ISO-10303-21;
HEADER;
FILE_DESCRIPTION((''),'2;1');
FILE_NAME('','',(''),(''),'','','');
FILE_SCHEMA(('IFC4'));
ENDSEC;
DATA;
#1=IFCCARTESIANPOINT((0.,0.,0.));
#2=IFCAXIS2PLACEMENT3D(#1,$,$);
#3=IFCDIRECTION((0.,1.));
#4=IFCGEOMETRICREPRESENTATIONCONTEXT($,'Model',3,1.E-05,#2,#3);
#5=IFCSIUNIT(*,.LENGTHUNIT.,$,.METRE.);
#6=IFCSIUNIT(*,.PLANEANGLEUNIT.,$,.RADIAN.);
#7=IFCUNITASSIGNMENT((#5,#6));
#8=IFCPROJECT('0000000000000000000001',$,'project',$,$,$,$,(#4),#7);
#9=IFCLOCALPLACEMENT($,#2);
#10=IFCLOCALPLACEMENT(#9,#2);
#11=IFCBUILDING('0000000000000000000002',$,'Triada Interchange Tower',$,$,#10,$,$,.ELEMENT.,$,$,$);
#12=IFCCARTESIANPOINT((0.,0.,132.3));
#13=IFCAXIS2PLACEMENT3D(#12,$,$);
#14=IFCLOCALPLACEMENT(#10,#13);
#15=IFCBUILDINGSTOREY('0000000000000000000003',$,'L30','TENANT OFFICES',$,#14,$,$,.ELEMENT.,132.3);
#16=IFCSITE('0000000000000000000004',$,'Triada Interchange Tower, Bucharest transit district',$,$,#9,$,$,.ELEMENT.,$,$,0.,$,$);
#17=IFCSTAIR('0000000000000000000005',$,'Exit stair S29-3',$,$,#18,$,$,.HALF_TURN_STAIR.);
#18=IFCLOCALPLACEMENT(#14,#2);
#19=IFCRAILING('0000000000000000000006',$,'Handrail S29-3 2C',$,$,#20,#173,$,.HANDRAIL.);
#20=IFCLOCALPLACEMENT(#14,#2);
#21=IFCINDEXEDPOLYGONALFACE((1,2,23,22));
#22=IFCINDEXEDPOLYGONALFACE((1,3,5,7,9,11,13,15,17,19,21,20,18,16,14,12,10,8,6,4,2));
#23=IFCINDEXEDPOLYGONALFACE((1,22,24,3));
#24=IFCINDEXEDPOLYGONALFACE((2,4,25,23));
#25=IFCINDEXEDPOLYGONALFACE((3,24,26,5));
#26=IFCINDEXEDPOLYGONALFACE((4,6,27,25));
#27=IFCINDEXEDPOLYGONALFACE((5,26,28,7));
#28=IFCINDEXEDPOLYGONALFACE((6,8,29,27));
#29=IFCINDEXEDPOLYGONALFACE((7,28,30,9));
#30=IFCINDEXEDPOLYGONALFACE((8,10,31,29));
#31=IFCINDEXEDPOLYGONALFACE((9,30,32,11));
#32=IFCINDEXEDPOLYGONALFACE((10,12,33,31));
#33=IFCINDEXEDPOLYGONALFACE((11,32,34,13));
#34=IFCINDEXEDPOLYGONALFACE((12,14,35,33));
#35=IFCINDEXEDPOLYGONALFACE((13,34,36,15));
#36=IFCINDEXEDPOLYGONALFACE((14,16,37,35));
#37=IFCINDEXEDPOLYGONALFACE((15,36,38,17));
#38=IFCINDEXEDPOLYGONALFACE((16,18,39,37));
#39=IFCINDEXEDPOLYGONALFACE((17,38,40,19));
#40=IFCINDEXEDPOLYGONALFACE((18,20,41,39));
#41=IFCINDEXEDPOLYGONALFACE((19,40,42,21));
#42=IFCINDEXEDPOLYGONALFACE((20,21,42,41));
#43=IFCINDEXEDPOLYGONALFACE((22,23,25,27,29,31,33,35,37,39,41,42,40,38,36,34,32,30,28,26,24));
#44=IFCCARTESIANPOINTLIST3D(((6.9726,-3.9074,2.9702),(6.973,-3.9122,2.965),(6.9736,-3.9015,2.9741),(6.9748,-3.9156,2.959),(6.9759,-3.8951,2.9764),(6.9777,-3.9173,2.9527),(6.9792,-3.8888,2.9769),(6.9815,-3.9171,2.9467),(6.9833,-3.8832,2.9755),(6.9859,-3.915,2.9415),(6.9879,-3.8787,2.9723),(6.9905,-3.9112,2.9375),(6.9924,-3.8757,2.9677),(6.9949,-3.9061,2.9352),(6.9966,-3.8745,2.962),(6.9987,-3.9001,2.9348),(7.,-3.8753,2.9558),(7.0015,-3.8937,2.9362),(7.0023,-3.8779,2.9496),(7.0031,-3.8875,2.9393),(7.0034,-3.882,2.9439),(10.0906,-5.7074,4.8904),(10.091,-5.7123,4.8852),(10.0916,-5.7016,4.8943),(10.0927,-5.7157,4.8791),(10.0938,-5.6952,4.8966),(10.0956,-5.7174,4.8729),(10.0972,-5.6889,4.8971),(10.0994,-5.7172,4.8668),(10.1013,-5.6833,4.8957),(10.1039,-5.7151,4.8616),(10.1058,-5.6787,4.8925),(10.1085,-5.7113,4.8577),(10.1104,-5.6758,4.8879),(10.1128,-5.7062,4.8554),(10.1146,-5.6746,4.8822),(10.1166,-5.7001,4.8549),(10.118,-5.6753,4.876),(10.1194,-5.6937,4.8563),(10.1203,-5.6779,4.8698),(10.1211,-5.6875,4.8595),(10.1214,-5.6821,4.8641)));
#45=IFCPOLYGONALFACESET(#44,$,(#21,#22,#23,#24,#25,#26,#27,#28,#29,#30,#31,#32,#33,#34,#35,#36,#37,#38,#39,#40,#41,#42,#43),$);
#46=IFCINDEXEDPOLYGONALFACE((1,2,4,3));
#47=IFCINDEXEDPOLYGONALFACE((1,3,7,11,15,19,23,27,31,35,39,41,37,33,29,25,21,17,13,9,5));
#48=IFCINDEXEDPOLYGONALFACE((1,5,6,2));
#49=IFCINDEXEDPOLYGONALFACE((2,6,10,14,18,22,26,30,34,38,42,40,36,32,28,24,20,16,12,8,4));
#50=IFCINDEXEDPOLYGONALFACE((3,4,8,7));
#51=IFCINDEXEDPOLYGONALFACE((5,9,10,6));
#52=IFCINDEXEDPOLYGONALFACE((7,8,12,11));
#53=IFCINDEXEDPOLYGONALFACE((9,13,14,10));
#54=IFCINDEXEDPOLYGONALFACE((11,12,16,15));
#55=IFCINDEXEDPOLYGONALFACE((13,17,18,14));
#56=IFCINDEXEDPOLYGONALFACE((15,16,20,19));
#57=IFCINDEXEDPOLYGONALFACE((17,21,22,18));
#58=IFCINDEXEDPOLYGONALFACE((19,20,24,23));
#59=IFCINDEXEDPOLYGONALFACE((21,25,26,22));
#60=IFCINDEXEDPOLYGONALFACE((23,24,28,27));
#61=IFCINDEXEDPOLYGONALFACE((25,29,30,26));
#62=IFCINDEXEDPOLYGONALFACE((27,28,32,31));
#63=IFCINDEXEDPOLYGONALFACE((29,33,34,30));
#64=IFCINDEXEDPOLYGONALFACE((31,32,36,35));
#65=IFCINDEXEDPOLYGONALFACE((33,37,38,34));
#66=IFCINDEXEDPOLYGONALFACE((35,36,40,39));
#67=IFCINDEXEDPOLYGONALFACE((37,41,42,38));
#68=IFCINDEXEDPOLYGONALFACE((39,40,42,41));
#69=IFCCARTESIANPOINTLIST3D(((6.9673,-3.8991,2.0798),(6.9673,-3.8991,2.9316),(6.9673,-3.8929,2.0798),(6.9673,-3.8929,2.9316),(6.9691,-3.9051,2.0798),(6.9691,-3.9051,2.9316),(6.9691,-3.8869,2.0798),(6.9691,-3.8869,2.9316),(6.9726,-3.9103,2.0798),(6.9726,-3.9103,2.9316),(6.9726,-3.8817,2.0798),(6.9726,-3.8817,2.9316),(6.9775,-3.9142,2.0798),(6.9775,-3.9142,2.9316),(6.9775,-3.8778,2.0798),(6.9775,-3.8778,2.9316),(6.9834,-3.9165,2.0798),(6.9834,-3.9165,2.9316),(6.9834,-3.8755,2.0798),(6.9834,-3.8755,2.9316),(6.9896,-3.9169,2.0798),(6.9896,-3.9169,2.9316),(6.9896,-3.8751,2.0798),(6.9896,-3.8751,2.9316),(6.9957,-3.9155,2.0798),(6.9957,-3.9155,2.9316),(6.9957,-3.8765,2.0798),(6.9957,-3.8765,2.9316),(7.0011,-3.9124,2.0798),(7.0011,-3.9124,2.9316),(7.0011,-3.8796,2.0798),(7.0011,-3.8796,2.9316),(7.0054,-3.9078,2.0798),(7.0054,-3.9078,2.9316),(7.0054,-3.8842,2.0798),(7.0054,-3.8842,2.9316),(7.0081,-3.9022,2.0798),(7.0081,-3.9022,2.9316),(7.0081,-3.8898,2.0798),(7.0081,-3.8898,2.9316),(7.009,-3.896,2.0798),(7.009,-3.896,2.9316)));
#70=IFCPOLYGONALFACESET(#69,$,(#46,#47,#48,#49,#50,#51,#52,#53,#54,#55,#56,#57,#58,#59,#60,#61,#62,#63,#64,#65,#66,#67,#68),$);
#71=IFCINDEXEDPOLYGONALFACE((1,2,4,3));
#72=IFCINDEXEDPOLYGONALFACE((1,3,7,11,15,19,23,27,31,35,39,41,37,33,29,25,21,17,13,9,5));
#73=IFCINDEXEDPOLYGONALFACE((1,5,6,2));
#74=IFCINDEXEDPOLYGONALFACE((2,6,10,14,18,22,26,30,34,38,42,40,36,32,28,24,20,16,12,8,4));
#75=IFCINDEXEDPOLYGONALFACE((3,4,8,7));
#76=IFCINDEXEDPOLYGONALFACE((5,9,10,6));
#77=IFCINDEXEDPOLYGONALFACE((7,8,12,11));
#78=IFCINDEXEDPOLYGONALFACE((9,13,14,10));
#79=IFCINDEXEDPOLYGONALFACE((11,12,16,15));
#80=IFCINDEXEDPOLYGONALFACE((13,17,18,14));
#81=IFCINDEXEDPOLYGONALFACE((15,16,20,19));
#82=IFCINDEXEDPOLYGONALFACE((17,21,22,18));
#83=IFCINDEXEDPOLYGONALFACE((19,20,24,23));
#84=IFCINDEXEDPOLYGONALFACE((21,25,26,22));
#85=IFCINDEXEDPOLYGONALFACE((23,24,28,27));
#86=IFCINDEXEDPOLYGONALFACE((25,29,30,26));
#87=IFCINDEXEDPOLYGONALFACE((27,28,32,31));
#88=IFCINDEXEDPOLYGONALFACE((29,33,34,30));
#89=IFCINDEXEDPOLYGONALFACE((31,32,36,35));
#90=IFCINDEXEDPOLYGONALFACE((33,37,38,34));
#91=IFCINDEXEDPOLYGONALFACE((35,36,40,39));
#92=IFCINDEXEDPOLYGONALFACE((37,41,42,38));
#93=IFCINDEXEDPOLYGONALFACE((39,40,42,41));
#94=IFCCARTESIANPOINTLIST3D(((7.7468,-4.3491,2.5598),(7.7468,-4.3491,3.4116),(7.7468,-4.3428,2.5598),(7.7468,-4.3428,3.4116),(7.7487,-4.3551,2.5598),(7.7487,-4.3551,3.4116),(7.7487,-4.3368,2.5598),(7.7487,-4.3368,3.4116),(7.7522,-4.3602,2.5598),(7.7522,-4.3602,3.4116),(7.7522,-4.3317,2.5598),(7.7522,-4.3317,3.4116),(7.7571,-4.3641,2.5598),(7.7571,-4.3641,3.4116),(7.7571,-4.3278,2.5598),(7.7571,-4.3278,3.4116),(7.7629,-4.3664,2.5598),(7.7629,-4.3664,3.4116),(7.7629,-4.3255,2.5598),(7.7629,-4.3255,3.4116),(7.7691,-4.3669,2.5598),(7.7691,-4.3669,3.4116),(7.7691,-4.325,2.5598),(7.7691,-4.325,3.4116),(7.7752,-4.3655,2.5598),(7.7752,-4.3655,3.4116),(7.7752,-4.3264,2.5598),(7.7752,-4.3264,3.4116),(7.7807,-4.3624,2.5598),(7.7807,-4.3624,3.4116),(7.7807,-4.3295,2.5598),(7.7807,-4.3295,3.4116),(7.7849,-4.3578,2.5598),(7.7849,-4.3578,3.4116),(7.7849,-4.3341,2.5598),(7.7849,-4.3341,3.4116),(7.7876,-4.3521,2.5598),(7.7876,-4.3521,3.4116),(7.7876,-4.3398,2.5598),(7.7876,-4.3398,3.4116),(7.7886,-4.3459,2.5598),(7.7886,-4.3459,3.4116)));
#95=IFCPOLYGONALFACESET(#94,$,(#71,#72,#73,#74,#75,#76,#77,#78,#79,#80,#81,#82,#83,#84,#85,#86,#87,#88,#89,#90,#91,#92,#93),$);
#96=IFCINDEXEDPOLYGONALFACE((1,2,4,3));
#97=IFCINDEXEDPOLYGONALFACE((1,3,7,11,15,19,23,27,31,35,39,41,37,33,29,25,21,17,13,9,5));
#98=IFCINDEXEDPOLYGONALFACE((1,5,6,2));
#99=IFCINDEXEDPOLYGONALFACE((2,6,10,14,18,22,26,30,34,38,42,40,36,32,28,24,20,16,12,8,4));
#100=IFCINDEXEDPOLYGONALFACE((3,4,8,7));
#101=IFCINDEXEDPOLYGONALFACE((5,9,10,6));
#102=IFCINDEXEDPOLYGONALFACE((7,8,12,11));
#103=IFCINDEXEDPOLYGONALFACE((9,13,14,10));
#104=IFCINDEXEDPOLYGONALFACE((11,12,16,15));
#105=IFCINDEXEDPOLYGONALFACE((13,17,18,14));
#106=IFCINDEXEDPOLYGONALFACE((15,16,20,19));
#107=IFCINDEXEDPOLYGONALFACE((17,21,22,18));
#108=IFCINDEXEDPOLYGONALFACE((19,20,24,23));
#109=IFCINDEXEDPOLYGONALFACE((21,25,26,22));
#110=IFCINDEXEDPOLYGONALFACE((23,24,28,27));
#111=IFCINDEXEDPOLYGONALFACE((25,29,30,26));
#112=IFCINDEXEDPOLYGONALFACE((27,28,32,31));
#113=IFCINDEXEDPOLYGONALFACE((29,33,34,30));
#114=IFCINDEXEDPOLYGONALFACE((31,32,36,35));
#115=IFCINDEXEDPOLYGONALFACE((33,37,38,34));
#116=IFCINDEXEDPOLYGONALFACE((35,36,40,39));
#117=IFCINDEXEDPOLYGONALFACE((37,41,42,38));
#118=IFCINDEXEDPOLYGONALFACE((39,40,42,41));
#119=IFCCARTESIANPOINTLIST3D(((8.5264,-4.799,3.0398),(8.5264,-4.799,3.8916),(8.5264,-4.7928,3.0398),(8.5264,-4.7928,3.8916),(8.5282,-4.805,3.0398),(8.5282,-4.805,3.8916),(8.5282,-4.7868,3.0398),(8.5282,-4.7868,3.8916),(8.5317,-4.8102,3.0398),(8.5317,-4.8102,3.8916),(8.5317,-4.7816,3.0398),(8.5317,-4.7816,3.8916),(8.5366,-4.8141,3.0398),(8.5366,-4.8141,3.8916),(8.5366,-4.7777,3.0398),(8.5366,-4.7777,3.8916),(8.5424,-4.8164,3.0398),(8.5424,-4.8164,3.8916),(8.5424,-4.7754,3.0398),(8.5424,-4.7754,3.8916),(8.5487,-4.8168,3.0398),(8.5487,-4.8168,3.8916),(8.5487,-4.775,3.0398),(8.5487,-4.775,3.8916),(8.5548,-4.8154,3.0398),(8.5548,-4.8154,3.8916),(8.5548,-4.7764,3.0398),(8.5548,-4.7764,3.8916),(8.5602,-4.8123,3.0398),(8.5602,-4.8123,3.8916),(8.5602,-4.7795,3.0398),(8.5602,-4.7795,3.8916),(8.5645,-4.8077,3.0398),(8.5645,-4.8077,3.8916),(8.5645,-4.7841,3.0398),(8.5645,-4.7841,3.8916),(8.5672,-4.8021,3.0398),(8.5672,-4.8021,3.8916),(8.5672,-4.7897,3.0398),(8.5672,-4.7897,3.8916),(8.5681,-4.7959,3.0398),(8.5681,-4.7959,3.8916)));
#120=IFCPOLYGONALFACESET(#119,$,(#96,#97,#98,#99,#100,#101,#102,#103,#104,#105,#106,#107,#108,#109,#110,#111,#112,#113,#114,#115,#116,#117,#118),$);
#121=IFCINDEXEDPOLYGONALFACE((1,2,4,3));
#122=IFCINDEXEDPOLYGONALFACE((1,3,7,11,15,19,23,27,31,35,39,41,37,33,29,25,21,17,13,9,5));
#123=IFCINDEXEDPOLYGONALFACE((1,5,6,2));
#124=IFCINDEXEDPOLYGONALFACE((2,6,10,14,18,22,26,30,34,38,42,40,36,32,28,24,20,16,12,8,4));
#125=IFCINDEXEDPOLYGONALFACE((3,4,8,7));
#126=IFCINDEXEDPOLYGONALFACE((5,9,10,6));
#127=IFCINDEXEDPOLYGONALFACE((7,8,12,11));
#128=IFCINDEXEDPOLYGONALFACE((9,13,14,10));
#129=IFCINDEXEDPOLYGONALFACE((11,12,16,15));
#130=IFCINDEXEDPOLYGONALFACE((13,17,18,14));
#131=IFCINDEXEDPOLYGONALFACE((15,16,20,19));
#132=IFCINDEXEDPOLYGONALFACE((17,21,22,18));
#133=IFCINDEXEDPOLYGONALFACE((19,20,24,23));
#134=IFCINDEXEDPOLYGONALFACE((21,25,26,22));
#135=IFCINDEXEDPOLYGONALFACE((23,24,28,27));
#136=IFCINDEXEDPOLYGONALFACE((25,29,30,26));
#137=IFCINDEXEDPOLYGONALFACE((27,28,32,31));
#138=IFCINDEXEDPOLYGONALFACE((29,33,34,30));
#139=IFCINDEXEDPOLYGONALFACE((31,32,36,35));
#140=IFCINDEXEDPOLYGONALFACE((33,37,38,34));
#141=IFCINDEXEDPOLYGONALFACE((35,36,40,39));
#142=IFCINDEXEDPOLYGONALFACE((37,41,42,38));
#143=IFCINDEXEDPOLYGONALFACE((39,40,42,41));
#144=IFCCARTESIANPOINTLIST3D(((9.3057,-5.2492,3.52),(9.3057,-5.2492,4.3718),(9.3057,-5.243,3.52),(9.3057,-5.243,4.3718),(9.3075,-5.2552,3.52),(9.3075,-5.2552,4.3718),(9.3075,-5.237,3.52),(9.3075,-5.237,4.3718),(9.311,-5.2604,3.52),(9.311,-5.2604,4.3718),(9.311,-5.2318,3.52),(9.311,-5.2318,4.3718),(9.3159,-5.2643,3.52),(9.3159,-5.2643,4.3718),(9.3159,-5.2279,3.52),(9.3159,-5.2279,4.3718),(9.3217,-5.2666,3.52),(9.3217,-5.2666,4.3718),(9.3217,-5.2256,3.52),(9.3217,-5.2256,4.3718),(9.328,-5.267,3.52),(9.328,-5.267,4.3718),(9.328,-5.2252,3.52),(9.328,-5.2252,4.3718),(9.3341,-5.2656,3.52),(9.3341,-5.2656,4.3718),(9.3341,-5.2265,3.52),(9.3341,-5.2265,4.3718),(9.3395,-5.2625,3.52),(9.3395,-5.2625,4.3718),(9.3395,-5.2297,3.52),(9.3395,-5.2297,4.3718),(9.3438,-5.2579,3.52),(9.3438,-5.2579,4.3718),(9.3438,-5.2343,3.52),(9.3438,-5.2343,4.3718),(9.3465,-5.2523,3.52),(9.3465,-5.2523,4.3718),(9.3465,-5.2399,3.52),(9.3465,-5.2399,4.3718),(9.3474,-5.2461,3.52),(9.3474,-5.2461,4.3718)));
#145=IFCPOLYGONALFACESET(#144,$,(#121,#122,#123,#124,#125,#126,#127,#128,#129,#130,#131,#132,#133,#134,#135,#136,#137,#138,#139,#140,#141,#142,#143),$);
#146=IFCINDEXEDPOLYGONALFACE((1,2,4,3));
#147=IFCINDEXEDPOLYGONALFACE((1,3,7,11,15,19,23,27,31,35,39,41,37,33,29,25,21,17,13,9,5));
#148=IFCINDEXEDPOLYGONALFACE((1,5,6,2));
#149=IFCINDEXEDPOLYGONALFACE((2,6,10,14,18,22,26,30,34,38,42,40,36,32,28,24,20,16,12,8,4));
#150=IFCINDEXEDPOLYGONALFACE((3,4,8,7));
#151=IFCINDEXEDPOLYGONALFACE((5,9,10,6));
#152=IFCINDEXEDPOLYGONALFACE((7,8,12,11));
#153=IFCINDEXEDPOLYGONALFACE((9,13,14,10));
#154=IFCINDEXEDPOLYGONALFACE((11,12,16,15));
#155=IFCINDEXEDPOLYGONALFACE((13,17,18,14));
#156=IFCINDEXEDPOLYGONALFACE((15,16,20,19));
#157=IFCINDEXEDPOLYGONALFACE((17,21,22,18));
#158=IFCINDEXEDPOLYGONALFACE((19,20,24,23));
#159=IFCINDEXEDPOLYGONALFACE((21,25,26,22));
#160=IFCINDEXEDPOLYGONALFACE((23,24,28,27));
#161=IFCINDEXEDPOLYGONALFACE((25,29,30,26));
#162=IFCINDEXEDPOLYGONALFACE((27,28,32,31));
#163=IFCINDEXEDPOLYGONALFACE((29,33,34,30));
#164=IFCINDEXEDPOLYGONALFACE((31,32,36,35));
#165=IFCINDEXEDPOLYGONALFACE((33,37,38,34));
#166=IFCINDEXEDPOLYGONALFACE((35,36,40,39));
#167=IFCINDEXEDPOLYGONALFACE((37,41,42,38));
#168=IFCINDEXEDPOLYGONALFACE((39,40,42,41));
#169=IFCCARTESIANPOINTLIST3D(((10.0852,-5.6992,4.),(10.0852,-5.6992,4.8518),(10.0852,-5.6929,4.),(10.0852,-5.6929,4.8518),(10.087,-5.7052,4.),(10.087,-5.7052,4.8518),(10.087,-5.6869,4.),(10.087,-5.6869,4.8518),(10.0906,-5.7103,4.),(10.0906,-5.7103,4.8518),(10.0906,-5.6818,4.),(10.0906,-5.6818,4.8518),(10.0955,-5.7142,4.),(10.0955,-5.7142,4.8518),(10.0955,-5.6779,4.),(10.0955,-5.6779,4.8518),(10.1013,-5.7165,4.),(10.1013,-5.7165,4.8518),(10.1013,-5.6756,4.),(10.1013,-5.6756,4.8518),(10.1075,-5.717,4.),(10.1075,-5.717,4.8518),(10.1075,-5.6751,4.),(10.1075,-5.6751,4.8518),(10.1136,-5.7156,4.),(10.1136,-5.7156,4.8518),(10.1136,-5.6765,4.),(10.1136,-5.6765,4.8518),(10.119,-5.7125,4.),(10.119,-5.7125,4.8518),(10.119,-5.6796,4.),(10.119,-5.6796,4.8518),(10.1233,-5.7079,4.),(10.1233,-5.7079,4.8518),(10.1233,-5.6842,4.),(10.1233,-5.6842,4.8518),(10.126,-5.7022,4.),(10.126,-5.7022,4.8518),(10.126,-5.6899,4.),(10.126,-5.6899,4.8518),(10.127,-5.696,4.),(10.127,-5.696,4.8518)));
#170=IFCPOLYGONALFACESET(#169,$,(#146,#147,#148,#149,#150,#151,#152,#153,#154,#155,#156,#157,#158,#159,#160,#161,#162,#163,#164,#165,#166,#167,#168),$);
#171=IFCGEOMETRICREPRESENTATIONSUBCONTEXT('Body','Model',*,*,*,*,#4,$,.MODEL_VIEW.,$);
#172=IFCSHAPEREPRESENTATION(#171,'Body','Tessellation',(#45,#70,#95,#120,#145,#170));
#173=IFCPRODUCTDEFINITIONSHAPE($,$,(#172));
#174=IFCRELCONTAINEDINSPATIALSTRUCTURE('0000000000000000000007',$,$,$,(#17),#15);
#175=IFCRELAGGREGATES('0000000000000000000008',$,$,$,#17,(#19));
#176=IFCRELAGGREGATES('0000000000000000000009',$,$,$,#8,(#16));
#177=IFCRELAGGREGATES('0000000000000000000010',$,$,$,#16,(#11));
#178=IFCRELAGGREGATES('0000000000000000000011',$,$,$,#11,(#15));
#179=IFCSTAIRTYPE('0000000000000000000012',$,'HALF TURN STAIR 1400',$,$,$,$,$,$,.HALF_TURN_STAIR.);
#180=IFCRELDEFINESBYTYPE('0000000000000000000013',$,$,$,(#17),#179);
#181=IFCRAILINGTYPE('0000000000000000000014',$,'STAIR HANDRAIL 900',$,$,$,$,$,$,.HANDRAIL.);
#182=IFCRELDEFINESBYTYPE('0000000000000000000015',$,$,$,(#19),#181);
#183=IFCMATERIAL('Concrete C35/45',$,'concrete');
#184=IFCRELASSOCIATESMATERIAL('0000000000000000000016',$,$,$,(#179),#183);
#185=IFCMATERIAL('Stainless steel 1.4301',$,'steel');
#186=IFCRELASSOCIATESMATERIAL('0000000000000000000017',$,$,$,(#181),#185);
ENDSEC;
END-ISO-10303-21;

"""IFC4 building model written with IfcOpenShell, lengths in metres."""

from ifc_helpers import new_model, si_unit, direction, frame, origin, origin_2d, place, context, subcontext, project, spatial, circle, extrude, material, type_object, element, aggregate, save


model = new_model("IFC4")

# Units and contexts
model_context = context("Model", 3, precision=1e-05, world=origin(), true_north=direction((0.0, 1.0)))
body_context = subcontext(model_context, "Body", "Model", "MODEL_VIEW")
ifc_project = project(units=[si_unit("LENGTHUNIT", "METRE"), si_unit("PLANEANGLEUNIT", "RADIAN")], contexts=[model_context])

# Site, building, storey
site_placement = place(None, origin())
site = spatial("IfcSite", under=ifc_project, at=site_placement, Name="Triada Interchange Tower, Bucharest transit district", CompositionType="ELEMENT", RefElevation=0.0)
building_placement = place(site_placement, origin())
building = spatial("IfcBuilding", under=site, at=building_placement, Name="Triada Interchange Tower", CompositionType="ELEMENT")
storey_placement = place(building_placement, frame((0.0, 0.0, 132.3)))
storey = spatial("IfcBuildingStorey", under=building, at=storey_placement, Name="L30", Description="TENANT OFFICES", CompositionType="ELEMENT", Elevation=132.3)

# Stair, railing
ifc_material_1 = material(Name="Concrete C35/45", Category="concrete")
stair_type = type_object("IfcStairType", Name="HALF TURN STAIR 1400", PredefinedType="HALF_TURN_STAIR", material=ifc_material_1)
stair_placement = place(storey_placement, origin())
stair = element("IfcStair", 1, at=stair_placement, inside=storey, type_object=stair_type, Name="Exit stair S29-3", PredefinedType="HALF_TURN_STAIR")
ifc_material_2 = material(Name="Stainless steel 1.4301", Category="steel")
railing_type = type_object("IfcRailingType", Name="STAIR HANDRAIL 900", PredefinedType="HANDRAIL", material=ifc_material_2)
railing_1_placement = place(storey_placement, frame((6.988, -3.896, 2.0798)))
railing_1 = element("IfcRailing", 2, at=railing_1_placement, type_object=railing_type, Name="Handrail S29-3 2C", PredefinedType="HANDRAIL", context=body_context, shape_type="SweptSolid", body=[
    extrude(circle(Radius=0.0239, at=origin_2d()), frame((0.0, 0.0, 0.876), z_axis=(0.764145, -0.441159, 0.470597), x_axis=(0.499983, 0.866035, 0.0)), (0.0, 0.0, 1.0), 4.0803),
    extrude(circle(Radius=0.021, at=origin_2d()), origin(), (0.0, 0.0, 1.0), 0.8518),
    extrude(circle(Radius=0.021, at=origin_2d()), frame((0.7795, -0.45, 0.48)), (0.0, 0.0, 1.0), 0.8518),
    extrude(circle(Radius=0.021, at=origin_2d()), frame((1.5591, -0.8999, 0.96)), (0.0, 0.0, 1.0), 0.8518),
    extrude(circle(Radius=0.021, at=origin_2d()), frame((2.3384, -1.3501, 1.4402)), (0.0, 0.0, 1.0), 0.8518),
    extrude(circle(Radius=0.021, at=origin_2d()), frame((3.1179, -1.8, 1.9202)), (0.0, 0.0, 1.0), 0.8518),
])
aggregate(stair, [railing_1])

save(model, "model.ifc")
